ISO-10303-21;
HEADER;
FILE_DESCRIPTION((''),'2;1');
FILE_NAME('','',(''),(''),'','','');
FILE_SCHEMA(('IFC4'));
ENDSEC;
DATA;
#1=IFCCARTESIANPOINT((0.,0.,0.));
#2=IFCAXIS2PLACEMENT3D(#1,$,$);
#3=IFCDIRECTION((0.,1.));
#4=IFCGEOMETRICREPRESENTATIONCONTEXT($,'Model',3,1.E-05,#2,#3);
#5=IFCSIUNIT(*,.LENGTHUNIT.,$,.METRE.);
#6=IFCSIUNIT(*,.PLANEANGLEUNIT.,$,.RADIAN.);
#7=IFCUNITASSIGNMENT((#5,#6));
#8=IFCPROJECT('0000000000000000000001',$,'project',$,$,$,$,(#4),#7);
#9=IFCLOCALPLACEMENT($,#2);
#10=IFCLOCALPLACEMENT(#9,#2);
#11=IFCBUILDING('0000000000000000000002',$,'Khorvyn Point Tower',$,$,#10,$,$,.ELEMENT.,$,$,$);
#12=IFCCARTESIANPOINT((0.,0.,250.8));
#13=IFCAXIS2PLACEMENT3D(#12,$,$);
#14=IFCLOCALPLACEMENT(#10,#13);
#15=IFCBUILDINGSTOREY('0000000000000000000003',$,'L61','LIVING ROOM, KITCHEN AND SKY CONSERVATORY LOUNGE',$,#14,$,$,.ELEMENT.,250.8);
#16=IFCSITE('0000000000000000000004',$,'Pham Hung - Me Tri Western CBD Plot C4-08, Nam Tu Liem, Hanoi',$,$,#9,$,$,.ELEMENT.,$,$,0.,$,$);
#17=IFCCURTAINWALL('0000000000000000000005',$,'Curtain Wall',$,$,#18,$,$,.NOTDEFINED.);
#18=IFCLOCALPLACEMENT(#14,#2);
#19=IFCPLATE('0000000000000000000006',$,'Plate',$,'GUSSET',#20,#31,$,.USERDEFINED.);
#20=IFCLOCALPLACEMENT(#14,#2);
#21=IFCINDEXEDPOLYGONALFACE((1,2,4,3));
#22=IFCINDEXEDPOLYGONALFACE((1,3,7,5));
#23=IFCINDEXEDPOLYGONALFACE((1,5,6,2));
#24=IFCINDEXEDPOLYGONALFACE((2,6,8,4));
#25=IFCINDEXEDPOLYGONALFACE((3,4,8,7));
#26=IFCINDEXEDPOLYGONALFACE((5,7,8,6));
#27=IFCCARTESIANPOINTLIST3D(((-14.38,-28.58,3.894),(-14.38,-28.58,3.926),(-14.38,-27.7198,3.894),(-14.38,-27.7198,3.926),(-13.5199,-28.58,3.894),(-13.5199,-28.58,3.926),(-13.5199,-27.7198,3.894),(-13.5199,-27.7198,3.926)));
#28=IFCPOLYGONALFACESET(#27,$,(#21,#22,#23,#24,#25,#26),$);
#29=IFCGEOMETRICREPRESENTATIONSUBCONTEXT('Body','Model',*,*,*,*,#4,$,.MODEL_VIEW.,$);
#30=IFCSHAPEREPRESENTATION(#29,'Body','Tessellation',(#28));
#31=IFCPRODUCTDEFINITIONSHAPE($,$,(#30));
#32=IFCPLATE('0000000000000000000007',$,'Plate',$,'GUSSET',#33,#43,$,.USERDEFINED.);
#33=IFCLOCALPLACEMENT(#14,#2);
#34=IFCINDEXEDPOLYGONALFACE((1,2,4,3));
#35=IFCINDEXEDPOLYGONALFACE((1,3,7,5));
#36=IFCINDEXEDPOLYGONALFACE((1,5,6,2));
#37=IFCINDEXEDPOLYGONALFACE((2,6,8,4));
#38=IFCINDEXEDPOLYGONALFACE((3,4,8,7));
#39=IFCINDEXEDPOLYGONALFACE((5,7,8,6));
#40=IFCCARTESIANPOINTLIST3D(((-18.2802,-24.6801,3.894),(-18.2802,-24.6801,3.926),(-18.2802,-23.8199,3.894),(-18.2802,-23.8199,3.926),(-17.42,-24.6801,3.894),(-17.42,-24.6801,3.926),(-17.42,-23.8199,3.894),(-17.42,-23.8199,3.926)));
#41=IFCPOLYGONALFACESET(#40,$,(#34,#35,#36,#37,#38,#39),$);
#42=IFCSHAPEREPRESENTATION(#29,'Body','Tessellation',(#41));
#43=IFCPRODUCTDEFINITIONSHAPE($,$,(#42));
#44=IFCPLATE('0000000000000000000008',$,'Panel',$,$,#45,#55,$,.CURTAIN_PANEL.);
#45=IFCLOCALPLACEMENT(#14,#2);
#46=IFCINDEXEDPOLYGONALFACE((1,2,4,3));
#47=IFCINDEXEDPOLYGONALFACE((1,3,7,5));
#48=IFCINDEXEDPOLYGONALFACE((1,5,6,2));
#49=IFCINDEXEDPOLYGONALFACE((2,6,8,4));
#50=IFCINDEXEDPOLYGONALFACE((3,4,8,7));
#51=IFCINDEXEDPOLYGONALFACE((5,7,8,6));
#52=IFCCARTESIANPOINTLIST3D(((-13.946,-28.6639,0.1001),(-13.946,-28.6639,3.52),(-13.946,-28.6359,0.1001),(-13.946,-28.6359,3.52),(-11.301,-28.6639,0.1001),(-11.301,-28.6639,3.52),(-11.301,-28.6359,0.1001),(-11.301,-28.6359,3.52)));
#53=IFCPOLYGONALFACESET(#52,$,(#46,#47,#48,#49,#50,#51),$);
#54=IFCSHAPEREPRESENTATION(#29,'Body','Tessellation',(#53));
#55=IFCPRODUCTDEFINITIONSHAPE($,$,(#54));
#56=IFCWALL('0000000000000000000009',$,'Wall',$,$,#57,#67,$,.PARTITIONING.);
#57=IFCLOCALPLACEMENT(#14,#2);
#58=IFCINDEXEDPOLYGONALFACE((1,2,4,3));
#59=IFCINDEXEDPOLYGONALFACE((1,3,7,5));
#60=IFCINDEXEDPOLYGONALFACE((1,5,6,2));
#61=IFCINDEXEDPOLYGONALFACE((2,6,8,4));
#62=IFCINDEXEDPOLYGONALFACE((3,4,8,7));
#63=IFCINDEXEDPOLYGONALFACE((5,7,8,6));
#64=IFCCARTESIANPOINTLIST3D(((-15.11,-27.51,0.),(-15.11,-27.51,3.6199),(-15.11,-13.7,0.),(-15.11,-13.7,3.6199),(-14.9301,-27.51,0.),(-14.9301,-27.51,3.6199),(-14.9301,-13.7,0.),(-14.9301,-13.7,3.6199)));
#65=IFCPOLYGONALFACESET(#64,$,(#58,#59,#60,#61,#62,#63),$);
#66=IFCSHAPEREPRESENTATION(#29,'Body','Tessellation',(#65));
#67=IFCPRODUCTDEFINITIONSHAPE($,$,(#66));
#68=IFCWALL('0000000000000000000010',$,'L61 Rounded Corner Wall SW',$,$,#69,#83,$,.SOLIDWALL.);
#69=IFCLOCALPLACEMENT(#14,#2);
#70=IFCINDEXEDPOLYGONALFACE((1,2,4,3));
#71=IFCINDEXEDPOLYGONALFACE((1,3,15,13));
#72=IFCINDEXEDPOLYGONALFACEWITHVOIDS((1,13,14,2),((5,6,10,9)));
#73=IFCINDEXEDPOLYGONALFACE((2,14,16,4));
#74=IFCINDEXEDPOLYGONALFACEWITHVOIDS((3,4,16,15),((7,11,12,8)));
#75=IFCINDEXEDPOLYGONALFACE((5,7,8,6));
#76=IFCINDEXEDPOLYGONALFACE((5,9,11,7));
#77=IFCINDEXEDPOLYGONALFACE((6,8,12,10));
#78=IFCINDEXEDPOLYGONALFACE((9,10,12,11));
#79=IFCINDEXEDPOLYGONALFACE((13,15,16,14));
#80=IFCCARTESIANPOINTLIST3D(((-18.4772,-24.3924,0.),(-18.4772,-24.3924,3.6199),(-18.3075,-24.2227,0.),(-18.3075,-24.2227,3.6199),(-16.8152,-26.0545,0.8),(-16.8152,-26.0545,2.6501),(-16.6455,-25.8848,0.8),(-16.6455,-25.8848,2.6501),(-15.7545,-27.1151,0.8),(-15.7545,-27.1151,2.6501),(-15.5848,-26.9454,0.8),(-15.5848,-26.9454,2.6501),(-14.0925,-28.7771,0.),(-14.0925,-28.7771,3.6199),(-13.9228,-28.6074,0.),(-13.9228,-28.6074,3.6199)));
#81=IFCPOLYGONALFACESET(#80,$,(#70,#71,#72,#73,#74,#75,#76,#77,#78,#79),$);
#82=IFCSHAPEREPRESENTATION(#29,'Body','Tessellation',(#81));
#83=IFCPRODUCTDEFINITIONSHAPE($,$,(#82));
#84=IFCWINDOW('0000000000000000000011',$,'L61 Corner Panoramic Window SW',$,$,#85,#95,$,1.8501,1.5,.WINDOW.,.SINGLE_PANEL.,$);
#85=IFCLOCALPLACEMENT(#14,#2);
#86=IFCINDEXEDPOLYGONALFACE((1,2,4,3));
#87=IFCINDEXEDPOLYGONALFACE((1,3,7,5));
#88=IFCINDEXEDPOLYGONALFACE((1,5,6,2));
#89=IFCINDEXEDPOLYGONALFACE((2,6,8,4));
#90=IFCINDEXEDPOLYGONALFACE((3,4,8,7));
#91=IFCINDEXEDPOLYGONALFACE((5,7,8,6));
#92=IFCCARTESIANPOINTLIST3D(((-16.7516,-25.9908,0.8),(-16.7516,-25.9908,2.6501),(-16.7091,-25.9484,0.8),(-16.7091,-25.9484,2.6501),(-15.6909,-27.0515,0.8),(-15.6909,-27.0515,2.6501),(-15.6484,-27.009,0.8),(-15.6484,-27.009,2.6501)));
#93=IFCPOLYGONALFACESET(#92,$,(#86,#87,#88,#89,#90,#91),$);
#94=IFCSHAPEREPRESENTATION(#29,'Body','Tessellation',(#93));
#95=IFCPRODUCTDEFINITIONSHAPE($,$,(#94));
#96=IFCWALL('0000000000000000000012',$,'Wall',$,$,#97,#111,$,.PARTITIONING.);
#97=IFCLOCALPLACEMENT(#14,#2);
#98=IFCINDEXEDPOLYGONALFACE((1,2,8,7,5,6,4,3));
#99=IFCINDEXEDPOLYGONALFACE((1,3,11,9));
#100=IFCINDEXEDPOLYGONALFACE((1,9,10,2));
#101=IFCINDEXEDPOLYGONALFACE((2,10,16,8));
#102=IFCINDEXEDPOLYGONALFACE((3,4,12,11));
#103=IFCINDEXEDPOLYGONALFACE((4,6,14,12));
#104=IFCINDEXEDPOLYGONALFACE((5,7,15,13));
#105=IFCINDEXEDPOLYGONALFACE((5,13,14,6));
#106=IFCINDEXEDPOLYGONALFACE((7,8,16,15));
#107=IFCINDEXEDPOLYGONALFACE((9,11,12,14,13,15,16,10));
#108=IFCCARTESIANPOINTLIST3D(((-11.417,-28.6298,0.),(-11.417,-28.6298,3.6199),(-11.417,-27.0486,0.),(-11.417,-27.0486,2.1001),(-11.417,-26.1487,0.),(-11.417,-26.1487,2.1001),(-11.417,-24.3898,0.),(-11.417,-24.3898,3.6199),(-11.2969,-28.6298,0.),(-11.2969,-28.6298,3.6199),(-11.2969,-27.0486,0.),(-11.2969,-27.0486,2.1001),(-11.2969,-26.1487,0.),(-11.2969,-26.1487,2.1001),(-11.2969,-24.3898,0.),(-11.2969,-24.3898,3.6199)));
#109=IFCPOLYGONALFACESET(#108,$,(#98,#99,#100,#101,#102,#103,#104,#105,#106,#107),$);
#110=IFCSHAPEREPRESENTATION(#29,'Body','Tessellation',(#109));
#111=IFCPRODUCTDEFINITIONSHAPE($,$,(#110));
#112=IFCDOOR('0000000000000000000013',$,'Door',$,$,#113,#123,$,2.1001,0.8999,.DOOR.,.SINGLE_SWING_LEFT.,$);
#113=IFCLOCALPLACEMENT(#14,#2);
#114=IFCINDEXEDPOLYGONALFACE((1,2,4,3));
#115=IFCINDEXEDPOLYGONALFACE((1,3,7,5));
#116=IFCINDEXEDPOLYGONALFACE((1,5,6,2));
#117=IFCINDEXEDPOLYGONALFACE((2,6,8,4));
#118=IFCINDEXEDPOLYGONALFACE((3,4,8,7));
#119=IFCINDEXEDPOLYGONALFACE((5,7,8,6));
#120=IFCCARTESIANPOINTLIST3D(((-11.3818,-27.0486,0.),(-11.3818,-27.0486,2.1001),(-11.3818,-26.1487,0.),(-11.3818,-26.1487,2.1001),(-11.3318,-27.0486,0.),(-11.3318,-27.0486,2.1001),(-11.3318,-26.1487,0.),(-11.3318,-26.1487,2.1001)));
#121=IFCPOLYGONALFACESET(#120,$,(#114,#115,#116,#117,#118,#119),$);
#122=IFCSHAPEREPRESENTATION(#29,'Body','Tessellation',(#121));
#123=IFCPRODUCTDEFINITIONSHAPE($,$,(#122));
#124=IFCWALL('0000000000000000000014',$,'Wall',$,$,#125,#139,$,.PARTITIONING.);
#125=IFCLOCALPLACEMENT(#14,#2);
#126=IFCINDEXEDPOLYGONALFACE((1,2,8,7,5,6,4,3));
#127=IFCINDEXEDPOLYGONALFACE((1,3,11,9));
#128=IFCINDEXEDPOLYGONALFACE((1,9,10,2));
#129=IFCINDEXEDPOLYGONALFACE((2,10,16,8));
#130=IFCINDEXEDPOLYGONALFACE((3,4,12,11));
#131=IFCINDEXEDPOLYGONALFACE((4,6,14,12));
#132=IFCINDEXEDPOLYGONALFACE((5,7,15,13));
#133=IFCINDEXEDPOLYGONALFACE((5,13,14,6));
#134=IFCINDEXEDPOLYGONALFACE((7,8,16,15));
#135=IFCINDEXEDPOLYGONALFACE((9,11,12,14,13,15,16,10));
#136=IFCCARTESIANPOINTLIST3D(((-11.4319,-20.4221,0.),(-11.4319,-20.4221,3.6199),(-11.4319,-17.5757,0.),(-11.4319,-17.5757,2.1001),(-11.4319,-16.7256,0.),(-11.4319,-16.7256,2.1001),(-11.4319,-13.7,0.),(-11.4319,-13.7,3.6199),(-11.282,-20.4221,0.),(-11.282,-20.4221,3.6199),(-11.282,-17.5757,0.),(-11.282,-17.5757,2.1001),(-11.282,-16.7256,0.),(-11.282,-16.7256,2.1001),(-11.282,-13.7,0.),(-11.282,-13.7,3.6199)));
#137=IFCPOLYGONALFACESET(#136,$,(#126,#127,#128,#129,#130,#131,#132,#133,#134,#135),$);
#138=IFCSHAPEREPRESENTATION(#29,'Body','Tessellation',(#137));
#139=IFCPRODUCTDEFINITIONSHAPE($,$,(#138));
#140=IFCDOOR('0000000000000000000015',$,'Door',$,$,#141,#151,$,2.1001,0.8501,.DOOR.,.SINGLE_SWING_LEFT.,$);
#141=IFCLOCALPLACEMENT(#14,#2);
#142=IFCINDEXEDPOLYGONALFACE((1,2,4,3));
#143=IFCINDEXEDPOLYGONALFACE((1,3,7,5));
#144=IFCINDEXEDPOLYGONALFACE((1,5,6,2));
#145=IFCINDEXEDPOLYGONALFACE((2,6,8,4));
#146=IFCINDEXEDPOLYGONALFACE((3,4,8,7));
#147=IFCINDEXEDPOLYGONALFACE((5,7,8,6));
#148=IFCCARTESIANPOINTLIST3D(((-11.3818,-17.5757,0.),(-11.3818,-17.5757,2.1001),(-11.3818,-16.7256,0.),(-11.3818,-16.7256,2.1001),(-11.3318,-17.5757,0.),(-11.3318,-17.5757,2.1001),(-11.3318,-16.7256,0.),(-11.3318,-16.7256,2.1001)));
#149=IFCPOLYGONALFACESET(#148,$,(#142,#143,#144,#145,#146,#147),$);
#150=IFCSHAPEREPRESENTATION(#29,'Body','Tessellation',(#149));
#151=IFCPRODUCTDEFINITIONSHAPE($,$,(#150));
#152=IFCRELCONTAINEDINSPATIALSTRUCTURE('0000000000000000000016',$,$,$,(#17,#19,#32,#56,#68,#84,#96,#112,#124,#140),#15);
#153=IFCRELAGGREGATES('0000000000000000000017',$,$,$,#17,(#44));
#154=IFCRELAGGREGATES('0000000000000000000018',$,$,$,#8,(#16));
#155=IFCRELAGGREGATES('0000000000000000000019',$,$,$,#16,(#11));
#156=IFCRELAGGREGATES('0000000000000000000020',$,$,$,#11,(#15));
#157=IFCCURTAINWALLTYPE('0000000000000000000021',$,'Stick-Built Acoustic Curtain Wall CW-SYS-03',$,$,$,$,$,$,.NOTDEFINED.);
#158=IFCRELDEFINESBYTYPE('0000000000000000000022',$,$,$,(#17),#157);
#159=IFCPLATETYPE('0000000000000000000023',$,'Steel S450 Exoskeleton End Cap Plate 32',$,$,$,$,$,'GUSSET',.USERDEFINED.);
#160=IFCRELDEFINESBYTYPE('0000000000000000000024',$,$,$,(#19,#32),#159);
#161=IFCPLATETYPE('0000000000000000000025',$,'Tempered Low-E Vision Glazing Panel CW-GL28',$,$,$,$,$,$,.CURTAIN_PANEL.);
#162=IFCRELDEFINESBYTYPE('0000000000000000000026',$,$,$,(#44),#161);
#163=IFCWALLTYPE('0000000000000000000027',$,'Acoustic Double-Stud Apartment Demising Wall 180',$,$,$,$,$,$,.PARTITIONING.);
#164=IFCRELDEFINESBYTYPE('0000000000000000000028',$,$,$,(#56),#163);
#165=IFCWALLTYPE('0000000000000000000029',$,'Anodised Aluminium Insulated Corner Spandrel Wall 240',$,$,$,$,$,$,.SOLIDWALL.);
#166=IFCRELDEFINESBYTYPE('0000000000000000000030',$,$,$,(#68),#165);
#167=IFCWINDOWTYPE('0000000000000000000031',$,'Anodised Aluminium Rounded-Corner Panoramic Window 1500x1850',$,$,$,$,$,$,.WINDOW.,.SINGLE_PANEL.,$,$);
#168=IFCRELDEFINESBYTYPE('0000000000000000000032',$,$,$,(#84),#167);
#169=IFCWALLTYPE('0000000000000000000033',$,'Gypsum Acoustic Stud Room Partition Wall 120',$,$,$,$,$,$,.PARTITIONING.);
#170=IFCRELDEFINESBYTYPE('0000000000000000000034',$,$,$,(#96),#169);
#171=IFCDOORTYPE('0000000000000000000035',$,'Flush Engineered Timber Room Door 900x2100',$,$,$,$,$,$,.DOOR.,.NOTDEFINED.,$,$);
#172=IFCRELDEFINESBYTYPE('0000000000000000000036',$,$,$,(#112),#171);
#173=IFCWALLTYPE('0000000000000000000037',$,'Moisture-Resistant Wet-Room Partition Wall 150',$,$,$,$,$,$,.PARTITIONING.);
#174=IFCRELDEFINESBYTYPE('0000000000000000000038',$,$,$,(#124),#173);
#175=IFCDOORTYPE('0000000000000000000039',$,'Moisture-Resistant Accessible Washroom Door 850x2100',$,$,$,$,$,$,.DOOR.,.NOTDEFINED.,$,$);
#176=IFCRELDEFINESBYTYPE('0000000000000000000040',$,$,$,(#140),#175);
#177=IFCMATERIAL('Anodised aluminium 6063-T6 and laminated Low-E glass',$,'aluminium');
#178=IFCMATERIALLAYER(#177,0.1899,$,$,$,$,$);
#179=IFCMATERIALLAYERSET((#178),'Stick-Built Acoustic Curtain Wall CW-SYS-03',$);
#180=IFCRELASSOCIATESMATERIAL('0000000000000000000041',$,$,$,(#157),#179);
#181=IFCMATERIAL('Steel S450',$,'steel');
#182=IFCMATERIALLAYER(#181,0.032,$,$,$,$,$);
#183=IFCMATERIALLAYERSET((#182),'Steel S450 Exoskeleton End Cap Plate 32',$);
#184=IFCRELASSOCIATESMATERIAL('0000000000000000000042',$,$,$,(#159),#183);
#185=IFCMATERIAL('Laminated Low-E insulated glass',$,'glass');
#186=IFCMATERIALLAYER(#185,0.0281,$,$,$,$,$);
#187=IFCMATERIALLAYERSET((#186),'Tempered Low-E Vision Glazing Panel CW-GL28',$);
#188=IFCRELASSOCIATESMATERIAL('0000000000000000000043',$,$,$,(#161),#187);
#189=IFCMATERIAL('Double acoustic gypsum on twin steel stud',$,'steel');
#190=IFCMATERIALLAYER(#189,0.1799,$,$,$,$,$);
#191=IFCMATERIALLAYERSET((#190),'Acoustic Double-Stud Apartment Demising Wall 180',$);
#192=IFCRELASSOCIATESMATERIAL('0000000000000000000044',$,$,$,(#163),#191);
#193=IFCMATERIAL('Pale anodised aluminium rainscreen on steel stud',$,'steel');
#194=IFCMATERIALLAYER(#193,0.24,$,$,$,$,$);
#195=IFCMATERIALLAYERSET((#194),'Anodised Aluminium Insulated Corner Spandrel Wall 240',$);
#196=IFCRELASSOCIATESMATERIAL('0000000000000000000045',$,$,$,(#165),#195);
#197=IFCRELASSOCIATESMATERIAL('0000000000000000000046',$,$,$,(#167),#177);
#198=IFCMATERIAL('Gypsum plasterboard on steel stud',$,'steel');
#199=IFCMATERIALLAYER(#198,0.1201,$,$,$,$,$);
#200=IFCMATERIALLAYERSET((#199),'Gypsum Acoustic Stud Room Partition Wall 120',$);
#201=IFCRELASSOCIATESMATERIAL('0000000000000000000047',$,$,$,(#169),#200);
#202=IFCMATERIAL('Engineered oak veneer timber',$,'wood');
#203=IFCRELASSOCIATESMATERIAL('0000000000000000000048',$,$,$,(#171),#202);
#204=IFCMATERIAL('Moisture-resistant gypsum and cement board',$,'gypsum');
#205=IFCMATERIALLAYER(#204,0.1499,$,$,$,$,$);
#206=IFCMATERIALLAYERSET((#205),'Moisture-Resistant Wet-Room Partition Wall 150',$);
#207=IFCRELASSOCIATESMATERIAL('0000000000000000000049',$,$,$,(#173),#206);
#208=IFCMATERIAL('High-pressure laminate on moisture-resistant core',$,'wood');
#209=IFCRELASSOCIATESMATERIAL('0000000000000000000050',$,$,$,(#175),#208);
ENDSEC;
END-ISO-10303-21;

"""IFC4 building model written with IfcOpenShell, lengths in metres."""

from ifc_helpers import new_model, si_unit, direction, frame, frame_2d, origin, origin_2d, place, context, subcontext, project, spatial, rectangle, extrude, material, layer, layer_set, type_object, element, fill, aggregate, save


model = new_model("IFC4")

# Units and contexts
model_context = context("Model", 3, precision=1e-05, world=origin(), true_north=direction((0.0, 1.0)))
body_context = subcontext(model_context, "Body", "Model", "MODEL_VIEW")
ifc_project = project(units=[si_unit("LENGTHUNIT", "METRE"), si_unit("PLANEANGLEUNIT", "RADIAN")], contexts=[model_context])

# Site, building, storey
site_placement = place(None, origin())
site = spatial("IfcSite", under=ifc_project, at=site_placement, Name="Pham Hung - Me Tri Western CBD Plot C4-08, Nam Tu Liem, Hanoi", CompositionType="ELEMENT", RefElevation=0.0)
building_placement = place(site_placement, origin())
building = spatial("IfcBuilding", under=site, at=building_placement, Name="Khorvyn Point Tower", CompositionType="ELEMENT")
storey_placement = place(building_placement, frame((0.0, 0.0, 250.8)))
storey = spatial("IfcBuildingStorey", under=building, at=storey_placement, Name="L61", Description="LIVING ROOM, KITCHEN AND SKY CONSERVATORY LOUNGE", CompositionType="ELEMENT", Elevation=250.8)

# Shared definitions
ifc_material_1 = material(Name="Steel S450", Category="steel")

# Curtain wall
ifc_material_2 = material(Name="Anodised aluminium 6063-T6 and laminated Low-E glass", Category="aluminium")
ifc_layer_1 = layer(ifc_material_2, 0.1899)
ifc_layer_set_1 = layer_set([ifc_layer_1], Name="Stick-Built Acoustic Curtain Wall CW-SYS-03")
curtain_wall_type = type_object("IfcCurtainWallType", Name="Stick-Built Acoustic Curtain Wall CW-SYS-03", PredefinedType="NOTDEFINED", material=ifc_layer_set_1)
curtain_wall_1_placement = place(storey_placement, origin())
curtain_wall_1 = element("IfcCurtainWall", 1, at=curtain_wall_1_placement, inside=storey, type_object=curtain_wall_type, Name="Curtain Wall", PredefinedType="NOTDEFINED")

# Plates
ifc_layer_2 = layer(ifc_material_1, 0.032)
ifc_layer_set_2 = layer_set([ifc_layer_2], Name="Steel S450 Exoskeleton End Cap Plate 32")
plate_type_1 = type_object("IfcPlateType", Name="Steel S450 Exoskeleton End Cap Plate 32", ElementType="GUSSET", PredefinedType="USERDEFINED", material=ifc_layer_set_2)
for number, where, z_axis, x_axis, name in (
    (2, (-13.95, -28.1499, 3.894), (0.0, 0.0, 1.0), (1.0, 0.0, 0.0), "Plate"),
    (3, (-17.8501, -24.25, 3.894), (0.0, 0.0, 1.0), (1.0, 0.0, 0.0), "Plate"),
):
    element("IfcPlate", number, at=place(storey_placement, frame(where, z_axis=z_axis, x_axis=x_axis)), inside=storey, type_object=plate_type_1, Name=name, ObjectType="GUSSET", PredefinedType="USERDEFINED", context=body_context, shape_type="SweptSolid", body=[
        extrude(rectangle(XDim=0.8601, YDim=0.8601, at=origin_2d()), origin(), (0.0, 0.0, 1.0), 0.032),
    ])

# Plate
ifc_material_3 = material(Name="Laminated Low-E insulated glass", Category="glass")
ifc_layer_3 = layer(ifc_material_3, 0.0281)
ifc_layer_set_3 = layer_set([ifc_layer_3], Name="Tempered Low-E Vision Glazing Panel CW-GL28")
plate_type_2 = type_object("IfcPlateType", Name="Tempered Low-E Vision Glazing Panel CW-GL28", PredefinedType="CURTAIN_PANEL", material=ifc_layer_set_3)
plate_placement = place(storey_placement, frame((-12.6235, -28.6499, 0.1001), z_axis=(0.0, 0.0, 1.0), x_axis=(-1.0, 0.0, 0.0)))
plate = element("IfcPlate", 4, at=plate_placement, type_object=plate_type_2, Name="Panel", PredefinedType="CURTAIN_PANEL", context=body_context, shape_type="SweptSolid", body=[
    extrude(rectangle(XDim=2.645, YDim=0.0281, at=origin_2d()), origin(), (0.0, 0.0, 1.0), 3.4199),
])
aggregate(curtain_wall_1, [plate])

# Wall
ifc_material_4 = material(Name="Double acoustic gypsum on twin steel stud", Category="steel")
ifc_layer_4 = layer(ifc_material_4, 0.1799)
ifc_layer_set_4 = layer_set([ifc_layer_4], Name="Acoustic Double-Stud Apartment Demising Wall 180")
wall_type_1 = type_object("IfcWallType", Name="Acoustic Double-Stud Apartment Demising Wall 180", PredefinedType="PARTITIONING", material=ifc_layer_set_4)
wall_1_placement = place(storey_placement, frame((-15.02, -27.51, 0.0), z_axis=(0.0, 0.0, 1.0), x_axis=(0.0, 1.0, 0.0)))
element("IfcWall", 5, at=wall_1_placement, inside=storey, type_object=wall_type_1, Name="Wall", PredefinedType="PARTITIONING", context=body_context, shape_type="SweptSolid", body=[
    extrude(rectangle(XDim=13.8101, YDim=0.1799, at=frame_2d((6.905, 0.0))), origin(), (0.0, 0.0, 1.0), 3.6199),
])

# Wall, opening, window
ifc_material_5 = material(Name="Pale anodised aluminium rainscreen on steel stud", Category="steel")
ifc_layer_5 = layer(ifc_material_5, 0.24)
ifc_layer_set_5 = layer_set([ifc_layer_5], Name="Anodised Aluminium Insulated Corner Spandrel Wall 240")
wall_type_2 = type_object("IfcWallType", Name="Anodised Aluminium Insulated Corner Spandrel Wall 240", PredefinedType="SOLIDWALL", material=ifc_layer_set_5)
wall_2_placement = place(storey_placement, frame((-14.0076, -28.6924, 0.0), z_axis=(0.0, 0.0, 1.0), x_axis=(-0.707107, 0.707107, 0.0)))
wall_2 = element("IfcWall", 6, at=wall_2_placement, inside=storey, type_object=wall_type_2, Name="L61 Rounded Corner Wall SW", PredefinedType="SOLIDWALL", context=body_context, shape_type="SweptSolid", body=[
    extrude(rectangle(XDim=6.2009, YDim=0.24, at=frame_2d((3.1006, 0.0))), origin(), (0.0, 0.0, 1.0), 3.6199),
])
opening_1_placement = place(wall_2_placement, frame((2.3506, 0.0, 0.8)))
opening_1 = element("IfcOpeningElement", 7, at=opening_1_placement, cuts=wall_2, PredefinedType="OPENING", context=body_context, shape_type="SweptSolid", body=[
    extrude(rectangle(XDim=1.5, YDim=1.8501, at=frame_2d((0.75, 0.925))), frame((0.0, 0.1299, 0.0), z_axis=(0.0, -1.0, 0.0), x_axis=(1.0, 0.0, 0.0)), (0.0, 0.0, 1.0), 0.26),
])
window_type = type_object("IfcWindowType", Name="Anodised Aluminium Rounded-Corner Panoramic Window 1500x1850", PartitioningType="SINGLE_PANEL", PredefinedType="WINDOW", material=ifc_material_2)
window_placement = place(opening_1_placement, origin())
window = element("IfcWindow", 8, at=window_placement, inside=storey, type_object=window_type, Name="L61 Corner Panoramic Window SW", OverallHeight=1.8501, OverallWidth=1.5, PartitioningType="SINGLE_PANEL", PredefinedType="WINDOW", context=body_context, shape_type="SweptSolid", body=[
    extrude(rectangle(XDim=1.5, YDim=1.8501, at=frame_2d((0.75, 0.925))), frame((0.0, 0.03, 0.0), z_axis=(0.0, -1.0, 0.0), x_axis=(1.0, 0.0, 0.0)), (0.0, 0.0, 1.0), 0.0601),
])
fill(opening_1, window)

# Walls, openings, doors
ifc_material_6 = material(Name="Gypsum plasterboard on steel stud", Category="steel")
ifc_layer_6 = layer(ifc_material_6, 0.1201)
ifc_layer_set_6 = layer_set([ifc_layer_6], Name="Gypsum Acoustic Stud Room Partition Wall 120")
wall_type_3 = type_object("IfcWallType", Name="Gypsum Acoustic Stud Room Partition Wall 120", PredefinedType="PARTITIONING", material=ifc_layer_set_6)
wall_3_placement = place(storey_placement, frame((-11.3569, -28.6299, 0.0), z_axis=(0.0, 0.0, 1.0), x_axis=(0.0, 1.0, 0.0)))
wall_3 = element("IfcWall", 9, at=wall_3_placement, inside=storey, type_object=wall_type_3, Name="Wall", PredefinedType="PARTITIONING", context=body_context, shape_type="SweptSolid", body=[
    extrude(rectangle(XDim=4.24, YDim=0.1201, at=frame_2d((2.1201, 0.0))), origin(), (0.0, 0.0, 1.0), 3.6199),
])
opening_2_placement = place(wall_3_placement, frame((1.5813, 0.0, 0.0)))
opening_2 = element("IfcOpeningElement", 10, at=opening_2_placement, cuts=wall_3, PredefinedType="OPENING", context=body_context, shape_type="SweptSolid", body=[
    extrude(rectangle(XDim=0.8999, YDim=2.1001, at=frame_2d((0.45, 1.05))), frame((0.0, 0.0701, 0.0), z_axis=(0.0, -1.0, 0.0), x_axis=(1.0, 0.0, 0.0)), (0.0, 0.0, 1.0), 0.1401),
])
ifc_material_7 = material(Name="Engineered oak veneer timber", Category="wood")
door_type_1 = type_object("IfcDoorType", Name="Flush Engineered Timber Room Door 900x2100", OperationType="NOTDEFINED", PredefinedType="DOOR", material=ifc_material_7)
door_1_placement = place(opening_2_placement, origin())
door_1 = element("IfcDoor", 11, at=door_1_placement, inside=storey, type_object=door_type_1, Name="Door", OperationType="SINGLE_SWING_LEFT", OverallHeight=2.1001, OverallWidth=0.8999, PredefinedType="DOOR", context=body_context, shape_type="SweptSolid", body=[
    extrude(rectangle(XDim=0.8999, YDim=2.1001, at=frame_2d((0.45, 1.05))), frame((0.0, 0.0249, 0.0), z_axis=(0.0, -1.0, 0.0), x_axis=(1.0, 0.0, 0.0)), (0.0, 0.0, 1.0), 0.05),
])
fill(opening_2, door_1)
ifc_material_8 = material(Name="Moisture-resistant gypsum and cement board", Category="gypsum")
ifc_layer_7 = layer(ifc_material_8, 0.1499)
ifc_layer_set_7 = layer_set([ifc_layer_7], Name="Moisture-Resistant Wet-Room Partition Wall 150")
wall_type_4 = type_object("IfcWallType", Name="Moisture-Resistant Wet-Room Partition Wall 150", PredefinedType="PARTITIONING", material=ifc_layer_set_7)
wall_4_placement = place(storey_placement, frame((-11.3569, -20.4221, 0.0), z_axis=(0.0, 0.0, 1.0), x_axis=(0.0, 1.0, 0.0)))
wall_4 = element("IfcWall", 12, at=wall_4_placement, inside=storey, type_object=wall_type_4, Name="Wall", PredefinedType="PARTITIONING", context=body_context, shape_type="SweptSolid", body=[
    extrude(rectangle(XDim=6.7222, YDim=0.1499, at=frame_2d((3.3611, 0.0))), origin(), (0.0, 0.0, 1.0), 3.6199),
])
opening_3_placement = place(wall_4_placement, frame((2.8464, 0.0, 0.0)))
opening_3 = element("IfcOpeningElement", 13, at=opening_3_placement, cuts=wall_4, PredefinedType="OPENING", context=body_context, shape_type="SweptSolid", body=[
    extrude(rectangle(XDim=0.8501, YDim=2.1001, at=frame_2d((0.425, 1.05))), frame((0.0, 0.085, 0.0), z_axis=(0.0, -1.0, 0.0), x_axis=(1.0, 0.0, 0.0)), (0.0, 0.0, 1.0), 0.1699),
])
ifc_material_9 = material(Name="High-pressure laminate on moisture-resistant core", Category="wood")
door_type_2 = type_object("IfcDoorType", Name="Moisture-Resistant Accessible Washroom Door 850x2100", OperationType="NOTDEFINED", PredefinedType="DOOR", material=ifc_material_9)
door_2_placement = place(opening_3_placement, origin())
door_2 = element("IfcDoor", 14, at=door_2_placement, inside=storey, type_object=door_type_2, Name="Door", OperationType="SINGLE_SWING_LEFT", OverallHeight=2.1001, OverallWidth=0.8501, PredefinedType="DOOR", context=body_context, shape_type="SweptSolid", body=[
    extrude(rectangle(XDim=0.8501, YDim=2.1001, at=frame_2d((0.425, 1.05))), frame((0.0, 0.0249, 0.0), z_axis=(0.0, -1.0, 0.0), x_axis=(1.0, 0.0, 0.0)), (0.0, 0.0, 1.0), 0.05),
])
fill(opening_3, door_2)

save(model, "model.ifc")
